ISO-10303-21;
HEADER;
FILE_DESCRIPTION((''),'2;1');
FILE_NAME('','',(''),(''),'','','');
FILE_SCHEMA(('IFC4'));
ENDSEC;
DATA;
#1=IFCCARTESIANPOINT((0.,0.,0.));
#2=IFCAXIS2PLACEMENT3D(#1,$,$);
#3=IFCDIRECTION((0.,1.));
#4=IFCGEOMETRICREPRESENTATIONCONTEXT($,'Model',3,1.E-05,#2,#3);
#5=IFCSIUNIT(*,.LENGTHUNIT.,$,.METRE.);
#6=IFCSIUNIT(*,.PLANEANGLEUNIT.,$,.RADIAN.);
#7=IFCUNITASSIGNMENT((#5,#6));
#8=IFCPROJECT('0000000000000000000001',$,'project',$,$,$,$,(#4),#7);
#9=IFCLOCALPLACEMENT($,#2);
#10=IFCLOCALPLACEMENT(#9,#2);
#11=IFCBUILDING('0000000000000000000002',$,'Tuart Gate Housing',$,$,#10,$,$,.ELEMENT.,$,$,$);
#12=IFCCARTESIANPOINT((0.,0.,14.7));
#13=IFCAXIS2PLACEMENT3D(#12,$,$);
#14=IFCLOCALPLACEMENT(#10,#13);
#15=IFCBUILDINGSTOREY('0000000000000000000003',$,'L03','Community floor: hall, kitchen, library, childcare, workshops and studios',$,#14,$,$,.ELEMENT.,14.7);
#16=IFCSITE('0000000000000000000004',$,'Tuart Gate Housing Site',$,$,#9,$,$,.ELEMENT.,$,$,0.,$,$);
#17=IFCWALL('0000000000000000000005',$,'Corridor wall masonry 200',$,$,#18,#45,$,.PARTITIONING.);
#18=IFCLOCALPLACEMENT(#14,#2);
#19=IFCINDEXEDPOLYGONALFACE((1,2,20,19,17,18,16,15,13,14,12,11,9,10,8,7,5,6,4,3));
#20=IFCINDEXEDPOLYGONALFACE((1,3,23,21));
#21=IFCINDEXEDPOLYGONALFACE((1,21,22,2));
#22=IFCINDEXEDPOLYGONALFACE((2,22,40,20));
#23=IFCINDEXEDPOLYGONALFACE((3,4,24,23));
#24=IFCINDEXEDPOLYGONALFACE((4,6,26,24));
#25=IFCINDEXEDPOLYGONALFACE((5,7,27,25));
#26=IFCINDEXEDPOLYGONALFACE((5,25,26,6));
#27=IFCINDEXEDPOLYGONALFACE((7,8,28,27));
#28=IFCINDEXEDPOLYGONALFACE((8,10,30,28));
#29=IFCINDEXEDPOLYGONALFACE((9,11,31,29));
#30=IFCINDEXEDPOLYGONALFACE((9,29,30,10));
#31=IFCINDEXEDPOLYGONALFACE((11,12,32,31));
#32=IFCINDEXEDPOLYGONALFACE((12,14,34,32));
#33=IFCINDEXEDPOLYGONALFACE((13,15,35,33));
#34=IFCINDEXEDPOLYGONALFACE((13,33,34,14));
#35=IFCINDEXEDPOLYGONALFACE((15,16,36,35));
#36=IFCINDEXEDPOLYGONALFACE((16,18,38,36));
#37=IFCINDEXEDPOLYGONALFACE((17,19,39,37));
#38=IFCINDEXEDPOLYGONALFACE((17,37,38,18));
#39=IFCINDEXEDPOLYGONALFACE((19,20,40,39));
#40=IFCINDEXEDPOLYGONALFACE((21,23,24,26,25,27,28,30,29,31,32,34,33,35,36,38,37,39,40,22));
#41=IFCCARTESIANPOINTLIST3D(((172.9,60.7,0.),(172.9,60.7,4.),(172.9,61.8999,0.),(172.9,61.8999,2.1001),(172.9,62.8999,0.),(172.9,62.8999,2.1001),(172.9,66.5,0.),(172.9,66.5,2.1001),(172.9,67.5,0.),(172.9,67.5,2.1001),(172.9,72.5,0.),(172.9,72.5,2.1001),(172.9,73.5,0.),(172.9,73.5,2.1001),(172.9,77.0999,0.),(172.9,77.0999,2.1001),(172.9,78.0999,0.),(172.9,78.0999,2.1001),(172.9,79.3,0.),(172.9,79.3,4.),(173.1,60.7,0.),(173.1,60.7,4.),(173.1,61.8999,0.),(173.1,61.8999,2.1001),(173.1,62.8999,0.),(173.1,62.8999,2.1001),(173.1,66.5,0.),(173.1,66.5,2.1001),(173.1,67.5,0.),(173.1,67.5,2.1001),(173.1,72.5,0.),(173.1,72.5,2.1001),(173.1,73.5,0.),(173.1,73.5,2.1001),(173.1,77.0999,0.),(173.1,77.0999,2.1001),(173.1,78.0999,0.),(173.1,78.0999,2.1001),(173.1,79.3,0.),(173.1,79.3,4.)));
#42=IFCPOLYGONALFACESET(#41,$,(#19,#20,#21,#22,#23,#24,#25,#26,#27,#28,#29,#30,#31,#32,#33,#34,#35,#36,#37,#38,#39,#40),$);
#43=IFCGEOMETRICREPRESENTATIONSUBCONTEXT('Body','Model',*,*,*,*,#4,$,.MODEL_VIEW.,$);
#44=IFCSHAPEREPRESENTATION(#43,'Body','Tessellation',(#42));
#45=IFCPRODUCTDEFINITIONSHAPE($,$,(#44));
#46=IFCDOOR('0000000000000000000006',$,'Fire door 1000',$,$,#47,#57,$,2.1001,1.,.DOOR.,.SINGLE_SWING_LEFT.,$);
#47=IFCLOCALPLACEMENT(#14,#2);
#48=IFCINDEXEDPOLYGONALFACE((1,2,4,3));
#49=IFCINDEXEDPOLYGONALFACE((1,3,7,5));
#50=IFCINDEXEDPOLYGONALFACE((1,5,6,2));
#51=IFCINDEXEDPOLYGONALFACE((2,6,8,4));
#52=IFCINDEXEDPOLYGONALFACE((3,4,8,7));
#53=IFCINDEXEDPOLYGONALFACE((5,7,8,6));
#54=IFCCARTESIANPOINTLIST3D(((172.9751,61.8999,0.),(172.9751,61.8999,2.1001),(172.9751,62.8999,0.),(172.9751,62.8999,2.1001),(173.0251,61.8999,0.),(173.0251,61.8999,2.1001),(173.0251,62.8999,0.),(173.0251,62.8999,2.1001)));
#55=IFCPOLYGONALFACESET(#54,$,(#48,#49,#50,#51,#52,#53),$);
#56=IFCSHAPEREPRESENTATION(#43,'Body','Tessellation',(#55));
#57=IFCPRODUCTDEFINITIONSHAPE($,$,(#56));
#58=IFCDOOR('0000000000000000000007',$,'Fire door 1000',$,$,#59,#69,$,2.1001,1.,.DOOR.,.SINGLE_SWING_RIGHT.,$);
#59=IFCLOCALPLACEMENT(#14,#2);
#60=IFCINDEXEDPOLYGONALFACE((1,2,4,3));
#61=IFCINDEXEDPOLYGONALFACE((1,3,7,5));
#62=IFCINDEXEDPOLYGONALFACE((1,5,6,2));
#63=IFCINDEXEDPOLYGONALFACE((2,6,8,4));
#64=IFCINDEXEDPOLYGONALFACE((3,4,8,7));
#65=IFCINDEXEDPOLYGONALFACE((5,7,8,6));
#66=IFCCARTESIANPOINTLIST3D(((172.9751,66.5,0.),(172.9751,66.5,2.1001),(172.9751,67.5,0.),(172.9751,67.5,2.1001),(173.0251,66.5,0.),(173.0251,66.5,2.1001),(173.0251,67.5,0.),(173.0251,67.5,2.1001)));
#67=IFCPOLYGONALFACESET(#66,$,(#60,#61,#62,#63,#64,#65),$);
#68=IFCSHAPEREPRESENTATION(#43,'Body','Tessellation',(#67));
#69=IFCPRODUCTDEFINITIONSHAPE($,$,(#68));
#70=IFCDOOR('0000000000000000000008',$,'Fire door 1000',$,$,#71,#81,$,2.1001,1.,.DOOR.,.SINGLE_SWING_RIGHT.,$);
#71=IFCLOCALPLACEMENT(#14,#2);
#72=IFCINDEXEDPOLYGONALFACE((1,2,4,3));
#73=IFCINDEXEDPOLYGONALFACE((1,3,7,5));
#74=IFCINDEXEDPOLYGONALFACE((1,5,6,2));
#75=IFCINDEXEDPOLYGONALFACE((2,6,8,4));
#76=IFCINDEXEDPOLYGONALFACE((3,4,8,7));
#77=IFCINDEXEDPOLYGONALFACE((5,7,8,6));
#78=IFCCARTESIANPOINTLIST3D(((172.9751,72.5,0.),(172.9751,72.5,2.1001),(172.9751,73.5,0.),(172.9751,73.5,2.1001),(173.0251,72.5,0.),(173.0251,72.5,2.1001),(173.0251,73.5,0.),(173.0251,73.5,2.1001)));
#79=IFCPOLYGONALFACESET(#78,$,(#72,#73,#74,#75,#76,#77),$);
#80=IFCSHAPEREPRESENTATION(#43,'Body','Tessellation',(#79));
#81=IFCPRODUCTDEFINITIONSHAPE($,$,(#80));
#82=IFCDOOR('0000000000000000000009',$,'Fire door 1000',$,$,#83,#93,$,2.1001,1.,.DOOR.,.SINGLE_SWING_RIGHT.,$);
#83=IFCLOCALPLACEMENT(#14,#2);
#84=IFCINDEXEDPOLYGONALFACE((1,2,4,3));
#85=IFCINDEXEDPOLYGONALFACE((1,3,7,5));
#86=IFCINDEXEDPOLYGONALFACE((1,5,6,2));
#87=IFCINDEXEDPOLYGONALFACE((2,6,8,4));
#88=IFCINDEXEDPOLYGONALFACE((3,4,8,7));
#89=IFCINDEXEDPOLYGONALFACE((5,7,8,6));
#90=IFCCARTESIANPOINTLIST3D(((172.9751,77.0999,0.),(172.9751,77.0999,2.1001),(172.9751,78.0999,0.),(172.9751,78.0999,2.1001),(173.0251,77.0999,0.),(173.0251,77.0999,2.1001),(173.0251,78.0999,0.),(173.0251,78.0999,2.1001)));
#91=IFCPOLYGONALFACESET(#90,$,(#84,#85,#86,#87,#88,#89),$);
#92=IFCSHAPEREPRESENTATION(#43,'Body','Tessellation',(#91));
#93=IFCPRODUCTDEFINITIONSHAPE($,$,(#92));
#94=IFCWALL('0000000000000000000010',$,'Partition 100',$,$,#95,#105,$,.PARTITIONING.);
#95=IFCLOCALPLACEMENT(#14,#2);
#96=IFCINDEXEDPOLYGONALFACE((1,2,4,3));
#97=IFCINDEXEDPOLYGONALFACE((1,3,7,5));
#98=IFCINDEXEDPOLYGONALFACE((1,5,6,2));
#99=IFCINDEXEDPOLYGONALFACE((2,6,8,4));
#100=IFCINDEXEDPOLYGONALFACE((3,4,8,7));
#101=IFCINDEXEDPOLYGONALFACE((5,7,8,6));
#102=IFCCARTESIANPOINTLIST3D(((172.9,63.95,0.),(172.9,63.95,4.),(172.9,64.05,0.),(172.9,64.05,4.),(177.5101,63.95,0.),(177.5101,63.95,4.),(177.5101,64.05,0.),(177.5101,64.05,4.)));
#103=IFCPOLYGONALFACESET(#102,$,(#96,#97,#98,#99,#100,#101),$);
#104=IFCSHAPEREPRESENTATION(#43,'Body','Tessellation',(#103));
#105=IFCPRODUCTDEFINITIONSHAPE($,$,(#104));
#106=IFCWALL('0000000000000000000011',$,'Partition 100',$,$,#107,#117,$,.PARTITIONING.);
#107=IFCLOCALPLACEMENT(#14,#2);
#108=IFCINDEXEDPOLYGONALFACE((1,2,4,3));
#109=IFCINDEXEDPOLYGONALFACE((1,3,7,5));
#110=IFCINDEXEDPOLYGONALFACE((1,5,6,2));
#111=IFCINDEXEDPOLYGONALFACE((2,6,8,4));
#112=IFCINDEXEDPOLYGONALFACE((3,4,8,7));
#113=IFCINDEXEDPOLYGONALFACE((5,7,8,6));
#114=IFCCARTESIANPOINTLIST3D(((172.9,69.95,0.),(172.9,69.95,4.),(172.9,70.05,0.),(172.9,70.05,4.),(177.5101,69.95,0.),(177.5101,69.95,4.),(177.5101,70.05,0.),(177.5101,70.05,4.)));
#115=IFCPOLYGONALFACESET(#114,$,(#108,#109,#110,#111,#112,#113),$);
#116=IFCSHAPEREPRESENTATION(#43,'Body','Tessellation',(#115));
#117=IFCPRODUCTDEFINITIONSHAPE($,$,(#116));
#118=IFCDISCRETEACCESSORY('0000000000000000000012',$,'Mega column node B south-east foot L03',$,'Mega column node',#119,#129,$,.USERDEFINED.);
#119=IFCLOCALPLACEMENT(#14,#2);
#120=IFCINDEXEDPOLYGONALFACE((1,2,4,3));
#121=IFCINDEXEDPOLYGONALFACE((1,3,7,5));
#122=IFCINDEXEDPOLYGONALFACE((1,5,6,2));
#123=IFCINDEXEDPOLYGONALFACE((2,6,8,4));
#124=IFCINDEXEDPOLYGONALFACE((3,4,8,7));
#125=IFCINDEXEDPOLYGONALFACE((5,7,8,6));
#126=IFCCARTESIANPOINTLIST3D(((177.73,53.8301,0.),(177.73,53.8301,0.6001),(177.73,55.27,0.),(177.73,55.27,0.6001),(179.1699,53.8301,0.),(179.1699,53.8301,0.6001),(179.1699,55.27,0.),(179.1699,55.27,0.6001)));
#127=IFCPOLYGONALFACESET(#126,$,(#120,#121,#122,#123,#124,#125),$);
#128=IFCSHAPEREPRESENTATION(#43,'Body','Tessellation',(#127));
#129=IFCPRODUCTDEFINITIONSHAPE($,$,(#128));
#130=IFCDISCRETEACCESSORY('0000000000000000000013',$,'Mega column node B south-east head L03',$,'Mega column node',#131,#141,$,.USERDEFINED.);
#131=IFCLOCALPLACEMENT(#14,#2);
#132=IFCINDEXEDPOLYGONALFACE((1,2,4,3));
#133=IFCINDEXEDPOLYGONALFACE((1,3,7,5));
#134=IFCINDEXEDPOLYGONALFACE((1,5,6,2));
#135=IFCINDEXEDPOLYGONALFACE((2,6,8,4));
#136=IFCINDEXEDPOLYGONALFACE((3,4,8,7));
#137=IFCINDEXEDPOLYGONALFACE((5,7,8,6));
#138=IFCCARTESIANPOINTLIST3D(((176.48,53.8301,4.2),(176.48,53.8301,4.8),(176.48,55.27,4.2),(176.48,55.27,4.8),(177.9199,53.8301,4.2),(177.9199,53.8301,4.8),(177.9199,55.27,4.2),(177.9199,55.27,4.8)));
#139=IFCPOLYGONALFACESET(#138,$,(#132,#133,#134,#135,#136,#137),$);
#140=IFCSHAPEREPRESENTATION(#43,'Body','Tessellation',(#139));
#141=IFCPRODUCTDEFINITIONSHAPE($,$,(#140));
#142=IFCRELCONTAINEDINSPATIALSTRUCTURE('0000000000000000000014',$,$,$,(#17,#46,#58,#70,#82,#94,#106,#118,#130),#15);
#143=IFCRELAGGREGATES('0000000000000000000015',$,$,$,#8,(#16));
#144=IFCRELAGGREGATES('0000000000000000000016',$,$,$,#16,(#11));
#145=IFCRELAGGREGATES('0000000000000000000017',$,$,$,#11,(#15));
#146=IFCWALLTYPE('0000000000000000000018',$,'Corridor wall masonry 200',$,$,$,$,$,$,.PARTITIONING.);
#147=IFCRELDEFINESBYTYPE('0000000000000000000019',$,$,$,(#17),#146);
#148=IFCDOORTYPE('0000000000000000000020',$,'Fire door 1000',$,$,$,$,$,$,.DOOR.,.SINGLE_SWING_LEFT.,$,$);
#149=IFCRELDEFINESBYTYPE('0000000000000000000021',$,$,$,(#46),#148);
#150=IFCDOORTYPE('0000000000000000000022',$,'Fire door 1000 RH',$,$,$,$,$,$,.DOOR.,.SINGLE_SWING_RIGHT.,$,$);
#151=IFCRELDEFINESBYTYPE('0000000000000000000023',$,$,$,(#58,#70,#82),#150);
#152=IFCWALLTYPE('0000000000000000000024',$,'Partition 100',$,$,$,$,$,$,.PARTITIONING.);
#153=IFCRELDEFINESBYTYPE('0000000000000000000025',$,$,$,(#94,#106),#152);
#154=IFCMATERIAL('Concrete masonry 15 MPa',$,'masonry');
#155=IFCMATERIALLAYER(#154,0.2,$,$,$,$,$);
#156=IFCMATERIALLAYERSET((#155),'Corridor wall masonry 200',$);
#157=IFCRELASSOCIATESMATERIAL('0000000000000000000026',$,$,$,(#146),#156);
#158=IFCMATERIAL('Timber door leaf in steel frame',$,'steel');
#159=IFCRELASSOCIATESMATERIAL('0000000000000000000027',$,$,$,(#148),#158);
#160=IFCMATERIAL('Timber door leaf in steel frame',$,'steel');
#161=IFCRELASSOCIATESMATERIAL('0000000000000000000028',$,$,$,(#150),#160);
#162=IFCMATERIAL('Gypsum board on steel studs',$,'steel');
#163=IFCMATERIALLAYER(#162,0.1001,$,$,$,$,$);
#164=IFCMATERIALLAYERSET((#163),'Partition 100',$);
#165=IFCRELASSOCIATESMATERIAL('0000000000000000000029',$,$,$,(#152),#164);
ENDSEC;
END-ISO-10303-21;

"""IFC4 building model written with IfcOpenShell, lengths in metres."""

from ifc_helpers import new_model, si_unit, direction, frame, frame_2d, origin, origin_2d, place, context, subcontext, project, spatial, rectangle, extrude, material, layer, layer_set, type_object, element, fill, save


model = new_model("IFC4")

# Units and contexts
model_context = context("Model", 3, precision=1e-05, world=origin(), true_north=direction((0.0, 1.0)))
body_context = subcontext(model_context, "Body", "Model", "MODEL_VIEW")
ifc_project = project(units=[si_unit("LENGTHUNIT", "METRE"), si_unit("PLANEANGLEUNIT", "RADIAN")], contexts=[model_context])

# Site, building, storey
site_placement = place(None, origin())
site = spatial("IfcSite", under=ifc_project, at=site_placement, Name="Tuart Gate Housing Site", CompositionType="ELEMENT", RefElevation=0.0)
building_placement = place(site_placement, origin())
building = spatial("IfcBuilding", under=site, at=building_placement, Name="Tuart Gate Housing", CompositionType="ELEMENT")
storey_placement = place(building_placement, frame((0.0, 0.0, 14.7)))
storey = spatial("IfcBuildingStorey", under=building, at=storey_placement, Name="L03", Description="Community floor: hall, kitchen, library, childcare, workshops and studios", CompositionType="ELEMENT", Elevation=14.7)

# Wall, openings, doors
ifc_material_1 = material(Name="Concrete masonry 15 MPa", Category="masonry")
ifc_layer_1 = layer(ifc_material_1, 0.2)
ifc_layer_set_1 = layer_set([ifc_layer_1], Name="Corridor wall masonry 200")
wall_type_1 = type_object("IfcWallType", Name="Corridor wall masonry 200", PredefinedType="PARTITIONING", material=ifc_layer_set_1)
wall_1_placement = place(storey_placement, frame((173.0, 60.7, 0.0), z_axis=(0.0, 0.0, 1.0), x_axis=(0.0, 1.0, 0.0)))
wall_1 = element("IfcWall", 1, at=wall_1_placement, inside=storey, type_object=wall_type_1, Name="Corridor wall masonry 200", PredefinedType="PARTITIONING", context=body_context, shape_type="SweptSolid", body=[
    extrude(rectangle(XDim=18.6001, YDim=0.2, at=frame_2d((9.3, 0.0))), origin(), (0.0, 0.0, 1.0), 4.0),
])
opening_1_placement = place(wall_1_placement, frame((1.2, 0.0, 0.0)))
opening_1 = element("IfcOpeningElement", 2, at=opening_1_placement, cuts=wall_1, PredefinedType="OPENING", context=body_context, shape_type="SweptSolid", body=[
    extrude(rectangle(XDim=1.0, YDim=2.1001, at=frame_2d((0.5, 1.05))), frame((0.0, 0.1099, 0.0), z_axis=(0.0, -1.0, 0.0), x_axis=(1.0, 0.0, 0.0)), (0.0, 0.0, 1.0), 0.22),
])
opening_2_placement = place(wall_1_placement, frame((5.8, 0.0, 0.0)))
opening_2 = element("IfcOpeningElement", 3, at=opening_2_placement, cuts=wall_1, PredefinedType="OPENING", context=body_context, shape_type="SweptSolid", body=[
    extrude(rectangle(XDim=1.0, YDim=2.1001, at=frame_2d((0.5, 1.05))), frame((0.0, 0.1099, 0.0), z_axis=(0.0, -1.0, 0.0), x_axis=(1.0, 0.0, 0.0)), (0.0, 0.0, 1.0), 0.22),
])
opening_3_placement = place(wall_1_placement, frame((11.8, 0.0, 0.0)))
opening_3 = element("IfcOpeningElement", 4, at=opening_3_placement, cuts=wall_1, PredefinedType="OPENING", context=body_context, shape_type="SweptSolid", body=[
    extrude(rectangle(XDim=1.0, YDim=2.1001, at=frame_2d((0.5, 1.05))), frame((0.0, 0.1099, 0.0), z_axis=(0.0, -1.0, 0.0), x_axis=(1.0, 0.0, 0.0)), (0.0, 0.0, 1.0), 0.22),
])
opening_4_placement = place(wall_1_placement, frame((16.3999, 0.0, 0.0)))
opening_4 = element("IfcOpeningElement", 5, at=opening_4_placement, cuts=wall_1, PredefinedType="OPENING", context=body_context, shape_type="SweptSolid", body=[
    extrude(rectangle(XDim=1.0, YDim=2.1001, at=frame_2d((0.5, 1.05))), frame((0.0, 0.1099, 0.0), z_axis=(0.0, -1.0, 0.0), x_axis=(1.0, 0.0, 0.0)), (0.0, 0.0, 1.0), 0.22),
])
ifc_material_2 = material(Name="Timber door leaf in steel frame", Category="steel")
door_type_1 = type_object("IfcDoorType", Name="Fire door 1000", OperationType="SINGLE_SWING_LEFT", PredefinedType="DOOR", material=ifc_material_2)
door_1_placement = place(opening_1_placement, frame((1.0, 0.0, 0.0), z_axis=(0.0, 0.0, 1.0), x_axis=(-1.0, 0.0, 0.0)))
door_1 = element("IfcDoor", 6, at=door_1_placement, inside=storey, type_object=door_type_1, Name="Fire door 1000", OperationType="SINGLE_SWING_LEFT", OverallHeight=2.1001, OverallWidth=1.0, PredefinedType="DOOR", context=body_context, shape_type="SweptSolid", body=[
    extrude(rectangle(XDim=1.0, YDim=2.1001, at=frame_2d((0.5, 1.05))), frame((0.0, 0.0251, 0.0), z_axis=(0.0, -1.0, 0.0), x_axis=(1.0, 0.0, 0.0)), (0.0, 0.0, 1.0), 0.05),
])
fill(opening_1, door_1)
ifc_material_3 = material(Name="Timber door leaf in steel frame", Category="steel")
door_type_2 = type_object("IfcDoorType", Name="Fire door 1000 RH", OperationType="SINGLE_SWING_RIGHT", PredefinedType="DOOR", material=ifc_material_3)
door_2_placement = place(opening_2_placement, frame((1.0, 0.0, 0.0), z_axis=(0.0, 0.0, 1.0), x_axis=(-1.0, 0.0, 0.0)))
door_2 = element("IfcDoor", 7, at=door_2_placement, inside=storey, type_object=door_type_2, Name="Fire door 1000", OperationType="SINGLE_SWING_RIGHT", OverallHeight=2.1001, OverallWidth=1.0, PredefinedType="DOOR", context=body_context, shape_type="SweptSolid", body=[
    extrude(rectangle(XDim=1.0, YDim=2.1001, at=frame_2d((0.5, 1.05))), frame((0.0, 0.0251, 0.0), z_axis=(0.0, -1.0, 0.0), x_axis=(1.0, 0.0, 0.0)), (0.0, 0.0, 1.0), 0.05),
])
fill(opening_2, door_2)
door_3_placement = place(opening_3_placement, frame((1.0, 0.0, 0.0), z_axis=(0.0, 0.0, 1.0), x_axis=(-1.0, 0.0, 0.0)))
door_3 = element("IfcDoor", 8, at=door_3_placement, inside=storey, type_object=door_type_2, Name="Fire door 1000", OperationType="SINGLE_SWING_RIGHT", OverallHeight=2.1001, OverallWidth=1.0, PredefinedType="DOOR", context=body_context, shape_type="SweptSolid", body=[
    extrude(rectangle(XDim=1.0, YDim=2.1001, at=frame_2d((0.5, 1.05))), frame((0.0, 0.0251, 0.0), z_axis=(0.0, -1.0, 0.0), x_axis=(1.0, 0.0, 0.0)), (0.0, 0.0, 1.0), 0.05),
])
fill(opening_3, door_3)
door_4_placement = place(opening_4_placement, frame((1.0, 0.0, 0.0), z_axis=(0.0, 0.0, 1.0), x_axis=(-1.0, 0.0, 0.0)))
door_4 = element("IfcDoor", 9, at=door_4_placement, inside=storey, type_object=door_type_2, Name="Fire door 1000", OperationType="SINGLE_SWING_RIGHT", OverallHeight=2.1001, OverallWidth=1.0, PredefinedType="DOOR", context=body_context, shape_type="SweptSolid", body=[
    extrude(rectangle(XDim=1.0, YDim=2.1001, at=frame_2d((0.5, 1.05))), frame((0.0, 0.0251, 0.0), z_axis=(0.0, -1.0, 0.0), x_axis=(1.0, 0.0, 0.0)), (0.0, 0.0, 1.0), 0.05),
])
fill(opening_4, door_4)

# Walls
ifc_material_4 = material(Name="Gypsum board on steel studs", Category="steel")
ifc_layer_2 = layer(ifc_material_4, 0.1001)
ifc_layer_set_2 = layer_set([ifc_layer_2], Name="Partition 100")
wall_type_2 = type_object("IfcWallType", Name="Partition 100", PredefinedType="PARTITIONING", material=ifc_layer_set_2)
for number, where, z_axis, x_axis, name in (
    (10, (172.8999, 64.0, 0.0), (0.0, 0.0, 1.0), (1.0, 0.0, 0.0), "Partition 100"),
    (11, (172.8999, 70.0, 0.0), (0.0, 0.0, 1.0), (1.0, 0.0, 0.0), "Partition 100"),
):
    element("IfcWall", number, at=place(storey_placement, frame(where, z_axis=z_axis, x_axis=x_axis)), inside=storey, type_object=wall_type_2, Name=name, PredefinedType="PARTITIONING", context=body_context, shape_type="SweptSolid", body=[
        extrude(rectangle(XDim=4.6101, YDim=0.1001, at=frame_2d((2.3052, 0.0))), origin(), (0.0, 0.0, 1.0), 4.0),
    ])

# Discrete accessories
for number, where, z_axis, x_axis, name in (
    (12, (178.45, 54.55, 0.0), (0.0, 0.0, 1.0), (1.0, 0.0, 0.0), "Mega column node B south-east foot L03"),
    (13, (177.2, 54.55, 4.2), (0.0, 0.0, 1.0), (1.0, 0.0, 0.0), "Mega column node B south-east head L03"),
):
    element("IfcDiscreteAccessory", number, at=place(storey_placement, frame(where, z_axis=z_axis, x_axis=x_axis)), inside=storey, Name=name, ObjectType="Mega column node", PredefinedType="USERDEFINED", context=body_context, shape_type="SweptSolid", body=[
        extrude(rectangle(XDim=1.4399, YDim=1.4399, at=origin_2d()), origin(), (0.0, 0.0, 1.0), 0.6001),
    ])

save(model, "model.ifc")
